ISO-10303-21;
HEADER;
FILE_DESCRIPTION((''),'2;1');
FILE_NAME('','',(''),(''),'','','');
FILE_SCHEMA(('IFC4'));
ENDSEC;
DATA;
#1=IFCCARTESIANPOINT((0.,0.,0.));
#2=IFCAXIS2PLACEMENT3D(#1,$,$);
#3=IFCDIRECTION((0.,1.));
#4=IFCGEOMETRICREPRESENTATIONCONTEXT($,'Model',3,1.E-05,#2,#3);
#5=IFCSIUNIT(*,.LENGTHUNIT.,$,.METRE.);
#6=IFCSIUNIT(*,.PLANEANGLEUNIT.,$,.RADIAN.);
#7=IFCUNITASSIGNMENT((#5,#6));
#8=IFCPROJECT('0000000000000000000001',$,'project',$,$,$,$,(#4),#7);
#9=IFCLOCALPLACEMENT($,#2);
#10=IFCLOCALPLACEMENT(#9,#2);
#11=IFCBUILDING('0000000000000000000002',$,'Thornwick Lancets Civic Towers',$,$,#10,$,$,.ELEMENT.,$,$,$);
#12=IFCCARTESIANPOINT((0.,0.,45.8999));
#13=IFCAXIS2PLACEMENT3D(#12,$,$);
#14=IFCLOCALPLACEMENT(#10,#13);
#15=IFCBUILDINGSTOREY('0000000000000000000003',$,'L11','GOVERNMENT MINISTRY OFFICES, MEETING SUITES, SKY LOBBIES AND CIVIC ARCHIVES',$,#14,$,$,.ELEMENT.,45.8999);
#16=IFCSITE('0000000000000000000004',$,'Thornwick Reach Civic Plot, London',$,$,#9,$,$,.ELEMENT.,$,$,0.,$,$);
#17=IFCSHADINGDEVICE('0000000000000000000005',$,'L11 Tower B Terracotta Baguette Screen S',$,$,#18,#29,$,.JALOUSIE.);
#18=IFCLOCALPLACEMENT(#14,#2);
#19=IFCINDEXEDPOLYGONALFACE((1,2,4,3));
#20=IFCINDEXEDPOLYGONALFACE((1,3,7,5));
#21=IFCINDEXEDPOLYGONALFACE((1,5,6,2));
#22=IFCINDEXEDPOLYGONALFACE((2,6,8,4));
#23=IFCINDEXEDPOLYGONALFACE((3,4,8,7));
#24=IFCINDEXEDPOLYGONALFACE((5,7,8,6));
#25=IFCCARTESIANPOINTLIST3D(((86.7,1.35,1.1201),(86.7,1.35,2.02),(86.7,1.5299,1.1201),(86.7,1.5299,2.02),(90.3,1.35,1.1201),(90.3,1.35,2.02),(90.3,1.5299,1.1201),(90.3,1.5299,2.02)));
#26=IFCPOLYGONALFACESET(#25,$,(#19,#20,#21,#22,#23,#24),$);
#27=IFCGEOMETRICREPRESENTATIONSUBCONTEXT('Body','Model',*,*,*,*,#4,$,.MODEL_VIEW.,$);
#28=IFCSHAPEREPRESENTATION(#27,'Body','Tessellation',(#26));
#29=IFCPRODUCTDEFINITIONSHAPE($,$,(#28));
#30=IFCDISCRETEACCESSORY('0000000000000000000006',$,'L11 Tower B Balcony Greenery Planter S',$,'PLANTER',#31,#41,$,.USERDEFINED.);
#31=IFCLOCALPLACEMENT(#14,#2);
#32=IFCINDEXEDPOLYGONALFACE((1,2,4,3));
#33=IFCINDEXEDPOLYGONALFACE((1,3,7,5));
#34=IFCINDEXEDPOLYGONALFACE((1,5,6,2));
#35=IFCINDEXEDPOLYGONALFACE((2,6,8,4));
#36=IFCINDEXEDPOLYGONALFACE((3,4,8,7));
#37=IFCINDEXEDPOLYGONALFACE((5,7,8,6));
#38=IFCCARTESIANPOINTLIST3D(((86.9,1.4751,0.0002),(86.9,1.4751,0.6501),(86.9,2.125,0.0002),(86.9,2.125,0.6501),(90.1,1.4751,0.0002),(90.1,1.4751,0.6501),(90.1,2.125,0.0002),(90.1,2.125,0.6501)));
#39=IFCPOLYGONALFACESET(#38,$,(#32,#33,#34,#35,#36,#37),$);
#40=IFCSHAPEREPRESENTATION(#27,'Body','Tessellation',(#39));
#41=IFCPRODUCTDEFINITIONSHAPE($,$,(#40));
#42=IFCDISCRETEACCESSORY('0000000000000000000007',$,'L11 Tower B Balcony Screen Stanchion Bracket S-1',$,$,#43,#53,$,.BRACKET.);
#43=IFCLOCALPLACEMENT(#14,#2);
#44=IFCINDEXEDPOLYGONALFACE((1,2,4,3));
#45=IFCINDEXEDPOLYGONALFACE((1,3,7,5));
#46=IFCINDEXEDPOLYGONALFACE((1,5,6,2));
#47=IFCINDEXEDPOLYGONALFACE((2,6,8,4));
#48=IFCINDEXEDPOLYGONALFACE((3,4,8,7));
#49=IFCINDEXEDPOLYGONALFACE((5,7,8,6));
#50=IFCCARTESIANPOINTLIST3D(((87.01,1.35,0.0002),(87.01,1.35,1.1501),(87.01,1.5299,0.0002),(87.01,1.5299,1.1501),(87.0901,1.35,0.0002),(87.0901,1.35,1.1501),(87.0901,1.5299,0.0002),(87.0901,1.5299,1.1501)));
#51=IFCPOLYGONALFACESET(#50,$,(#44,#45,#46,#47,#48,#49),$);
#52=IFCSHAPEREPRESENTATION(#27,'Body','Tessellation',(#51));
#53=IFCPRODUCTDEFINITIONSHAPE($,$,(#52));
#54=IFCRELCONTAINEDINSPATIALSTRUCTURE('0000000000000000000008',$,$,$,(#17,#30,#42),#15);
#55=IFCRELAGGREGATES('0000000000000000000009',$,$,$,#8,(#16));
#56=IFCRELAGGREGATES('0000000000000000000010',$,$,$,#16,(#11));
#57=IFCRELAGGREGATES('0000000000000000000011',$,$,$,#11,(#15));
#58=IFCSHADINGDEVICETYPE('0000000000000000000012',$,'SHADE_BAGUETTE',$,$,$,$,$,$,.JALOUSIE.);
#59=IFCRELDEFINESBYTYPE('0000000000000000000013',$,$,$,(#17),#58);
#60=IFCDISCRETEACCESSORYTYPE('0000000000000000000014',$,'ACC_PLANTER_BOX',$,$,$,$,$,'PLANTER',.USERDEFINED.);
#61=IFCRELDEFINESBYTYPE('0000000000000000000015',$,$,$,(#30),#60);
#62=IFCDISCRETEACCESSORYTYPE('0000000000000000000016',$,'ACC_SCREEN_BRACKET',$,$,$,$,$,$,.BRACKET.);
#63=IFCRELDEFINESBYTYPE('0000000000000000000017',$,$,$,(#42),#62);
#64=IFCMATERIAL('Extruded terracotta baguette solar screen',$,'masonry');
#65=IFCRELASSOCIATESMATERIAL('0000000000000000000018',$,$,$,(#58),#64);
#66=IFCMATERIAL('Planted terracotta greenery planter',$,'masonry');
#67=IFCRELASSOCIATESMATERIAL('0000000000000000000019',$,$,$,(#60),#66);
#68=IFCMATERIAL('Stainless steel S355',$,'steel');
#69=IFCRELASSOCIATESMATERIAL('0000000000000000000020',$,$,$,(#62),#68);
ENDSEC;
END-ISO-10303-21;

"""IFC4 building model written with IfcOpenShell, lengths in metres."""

from ifc_helpers import new_model, si_unit, direction, frame, origin, origin_2d, place, context, subcontext, project, spatial, rectangle, extrude, material, type_object, element, save


model = new_model("IFC4")

# Units and contexts
model_context = context("Model", 3, precision=1e-05, world=origin(), true_north=direction((0.0, 1.0)))
body_context = subcontext(model_context, "Body", "Model", "MODEL_VIEW")
ifc_project = project(units=[si_unit("LENGTHUNIT", "METRE"), si_unit("PLANEANGLEUNIT", "RADIAN")], contexts=[model_context])

# Site, building, storey
site_placement = place(None, origin())
site = spatial("IfcSite", under=ifc_project, at=site_placement, Name="Thornwick Reach Civic Plot, London", CompositionType="ELEMENT", RefElevation=0.0)
building_placement = place(site_placement, origin())
building = spatial("IfcBuilding", under=site, at=building_placement, Name="Thornwick Lancets Civic Towers", CompositionType="ELEMENT")
storey_placement = place(building_placement, frame((0.0, 0.0, 45.8999)))
storey = spatial("IfcBuildingStorey", under=building, at=storey_placement, Name="L11", Description="GOVERNMENT MINISTRY OFFICES, MEETING SUITES, SKY LOBBIES AND CIVIC ARCHIVES", CompositionType="ELEMENT", Elevation=45.8999)

# Shading device
ifc_material_1 = material(Name="Extruded terracotta baguette solar screen", Category="masonry")
shading_device_type = type_object("IfcShadingDeviceType", Name="SHADE_BAGUETTE", PredefinedType="JALOUSIE", material=ifc_material_1)
shading_device_placement = place(storey_placement, frame((88.5, 1.4399, 1.1201), z_axis=(0.0, 0.0, 1.0), x_axis=(1.0, 0.0, 0.0)))
element("IfcShadingDevice", 1, at=shading_device_placement, inside=storey, type_object=shading_device_type, Name="L11 Tower B Terracotta Baguette Screen S", PredefinedType="JALOUSIE", context=body_context, shape_type="SweptSolid", body=[
    extrude(rectangle(XDim=3.6001, YDim=0.1799, at=origin_2d()), origin(), (0.0, 0.0, 1.0), 0.8999),
])

# Discrete accessories
ifc_material_2 = material(Name="Planted terracotta greenery planter", Category="masonry")
discrete_accessory_type_1 = type_object("IfcDiscreteAccessoryType", Name="ACC_PLANTER_BOX", ElementType="PLANTER", PredefinedType="USERDEFINED", material=ifc_material_2)
discrete_accessory_1_placement = place(storey_placement, frame((88.5, 1.8, 0.0002), z_axis=(0.0, 0.0, 1.0), x_axis=(1.0, 0.0, 0.0)))
element("IfcDiscreteAccessory", 2, at=discrete_accessory_1_placement, inside=storey, type_object=discrete_accessory_type_1, Name="L11 Tower B Balcony Greenery Planter S", ObjectType="PLANTER", PredefinedType="USERDEFINED", context=body_context, shape_type="SweptSolid", body=[
    extrude(rectangle(XDim=3.2, YDim=0.6499, at=origin_2d()), origin(), (0.0, 0.0, 1.0), 0.6499),
])
ifc_material_3 = material(Name="Stainless steel S355", Category="steel")
discrete_accessory_type_2 = type_object("IfcDiscreteAccessoryType", Name="ACC_SCREEN_BRACKET", PredefinedType="BRACKET", material=ifc_material_3)
discrete_accessory_2_placement = place(storey_placement, frame((87.05, 1.4399, 0.0002), z_axis=(0.0, 0.0, 1.0), x_axis=(1.0, 0.0, 0.0)))
element("IfcDiscreteAccessory", 3, at=discrete_accessory_2_placement, inside=storey, type_object=discrete_accessory_type_2, Name="L11 Tower B Balcony Screen Stanchion Bracket S-1", PredefinedType="BRACKET", context=body_context, shape_type="SweptSolid", body=[
    extrude(rectangle(XDim=0.0801, YDim=0.1799, at=origin_2d()), origin(), (0.0, 0.0, 1.0), 1.1499),
])

save(model, "model.ifc")
